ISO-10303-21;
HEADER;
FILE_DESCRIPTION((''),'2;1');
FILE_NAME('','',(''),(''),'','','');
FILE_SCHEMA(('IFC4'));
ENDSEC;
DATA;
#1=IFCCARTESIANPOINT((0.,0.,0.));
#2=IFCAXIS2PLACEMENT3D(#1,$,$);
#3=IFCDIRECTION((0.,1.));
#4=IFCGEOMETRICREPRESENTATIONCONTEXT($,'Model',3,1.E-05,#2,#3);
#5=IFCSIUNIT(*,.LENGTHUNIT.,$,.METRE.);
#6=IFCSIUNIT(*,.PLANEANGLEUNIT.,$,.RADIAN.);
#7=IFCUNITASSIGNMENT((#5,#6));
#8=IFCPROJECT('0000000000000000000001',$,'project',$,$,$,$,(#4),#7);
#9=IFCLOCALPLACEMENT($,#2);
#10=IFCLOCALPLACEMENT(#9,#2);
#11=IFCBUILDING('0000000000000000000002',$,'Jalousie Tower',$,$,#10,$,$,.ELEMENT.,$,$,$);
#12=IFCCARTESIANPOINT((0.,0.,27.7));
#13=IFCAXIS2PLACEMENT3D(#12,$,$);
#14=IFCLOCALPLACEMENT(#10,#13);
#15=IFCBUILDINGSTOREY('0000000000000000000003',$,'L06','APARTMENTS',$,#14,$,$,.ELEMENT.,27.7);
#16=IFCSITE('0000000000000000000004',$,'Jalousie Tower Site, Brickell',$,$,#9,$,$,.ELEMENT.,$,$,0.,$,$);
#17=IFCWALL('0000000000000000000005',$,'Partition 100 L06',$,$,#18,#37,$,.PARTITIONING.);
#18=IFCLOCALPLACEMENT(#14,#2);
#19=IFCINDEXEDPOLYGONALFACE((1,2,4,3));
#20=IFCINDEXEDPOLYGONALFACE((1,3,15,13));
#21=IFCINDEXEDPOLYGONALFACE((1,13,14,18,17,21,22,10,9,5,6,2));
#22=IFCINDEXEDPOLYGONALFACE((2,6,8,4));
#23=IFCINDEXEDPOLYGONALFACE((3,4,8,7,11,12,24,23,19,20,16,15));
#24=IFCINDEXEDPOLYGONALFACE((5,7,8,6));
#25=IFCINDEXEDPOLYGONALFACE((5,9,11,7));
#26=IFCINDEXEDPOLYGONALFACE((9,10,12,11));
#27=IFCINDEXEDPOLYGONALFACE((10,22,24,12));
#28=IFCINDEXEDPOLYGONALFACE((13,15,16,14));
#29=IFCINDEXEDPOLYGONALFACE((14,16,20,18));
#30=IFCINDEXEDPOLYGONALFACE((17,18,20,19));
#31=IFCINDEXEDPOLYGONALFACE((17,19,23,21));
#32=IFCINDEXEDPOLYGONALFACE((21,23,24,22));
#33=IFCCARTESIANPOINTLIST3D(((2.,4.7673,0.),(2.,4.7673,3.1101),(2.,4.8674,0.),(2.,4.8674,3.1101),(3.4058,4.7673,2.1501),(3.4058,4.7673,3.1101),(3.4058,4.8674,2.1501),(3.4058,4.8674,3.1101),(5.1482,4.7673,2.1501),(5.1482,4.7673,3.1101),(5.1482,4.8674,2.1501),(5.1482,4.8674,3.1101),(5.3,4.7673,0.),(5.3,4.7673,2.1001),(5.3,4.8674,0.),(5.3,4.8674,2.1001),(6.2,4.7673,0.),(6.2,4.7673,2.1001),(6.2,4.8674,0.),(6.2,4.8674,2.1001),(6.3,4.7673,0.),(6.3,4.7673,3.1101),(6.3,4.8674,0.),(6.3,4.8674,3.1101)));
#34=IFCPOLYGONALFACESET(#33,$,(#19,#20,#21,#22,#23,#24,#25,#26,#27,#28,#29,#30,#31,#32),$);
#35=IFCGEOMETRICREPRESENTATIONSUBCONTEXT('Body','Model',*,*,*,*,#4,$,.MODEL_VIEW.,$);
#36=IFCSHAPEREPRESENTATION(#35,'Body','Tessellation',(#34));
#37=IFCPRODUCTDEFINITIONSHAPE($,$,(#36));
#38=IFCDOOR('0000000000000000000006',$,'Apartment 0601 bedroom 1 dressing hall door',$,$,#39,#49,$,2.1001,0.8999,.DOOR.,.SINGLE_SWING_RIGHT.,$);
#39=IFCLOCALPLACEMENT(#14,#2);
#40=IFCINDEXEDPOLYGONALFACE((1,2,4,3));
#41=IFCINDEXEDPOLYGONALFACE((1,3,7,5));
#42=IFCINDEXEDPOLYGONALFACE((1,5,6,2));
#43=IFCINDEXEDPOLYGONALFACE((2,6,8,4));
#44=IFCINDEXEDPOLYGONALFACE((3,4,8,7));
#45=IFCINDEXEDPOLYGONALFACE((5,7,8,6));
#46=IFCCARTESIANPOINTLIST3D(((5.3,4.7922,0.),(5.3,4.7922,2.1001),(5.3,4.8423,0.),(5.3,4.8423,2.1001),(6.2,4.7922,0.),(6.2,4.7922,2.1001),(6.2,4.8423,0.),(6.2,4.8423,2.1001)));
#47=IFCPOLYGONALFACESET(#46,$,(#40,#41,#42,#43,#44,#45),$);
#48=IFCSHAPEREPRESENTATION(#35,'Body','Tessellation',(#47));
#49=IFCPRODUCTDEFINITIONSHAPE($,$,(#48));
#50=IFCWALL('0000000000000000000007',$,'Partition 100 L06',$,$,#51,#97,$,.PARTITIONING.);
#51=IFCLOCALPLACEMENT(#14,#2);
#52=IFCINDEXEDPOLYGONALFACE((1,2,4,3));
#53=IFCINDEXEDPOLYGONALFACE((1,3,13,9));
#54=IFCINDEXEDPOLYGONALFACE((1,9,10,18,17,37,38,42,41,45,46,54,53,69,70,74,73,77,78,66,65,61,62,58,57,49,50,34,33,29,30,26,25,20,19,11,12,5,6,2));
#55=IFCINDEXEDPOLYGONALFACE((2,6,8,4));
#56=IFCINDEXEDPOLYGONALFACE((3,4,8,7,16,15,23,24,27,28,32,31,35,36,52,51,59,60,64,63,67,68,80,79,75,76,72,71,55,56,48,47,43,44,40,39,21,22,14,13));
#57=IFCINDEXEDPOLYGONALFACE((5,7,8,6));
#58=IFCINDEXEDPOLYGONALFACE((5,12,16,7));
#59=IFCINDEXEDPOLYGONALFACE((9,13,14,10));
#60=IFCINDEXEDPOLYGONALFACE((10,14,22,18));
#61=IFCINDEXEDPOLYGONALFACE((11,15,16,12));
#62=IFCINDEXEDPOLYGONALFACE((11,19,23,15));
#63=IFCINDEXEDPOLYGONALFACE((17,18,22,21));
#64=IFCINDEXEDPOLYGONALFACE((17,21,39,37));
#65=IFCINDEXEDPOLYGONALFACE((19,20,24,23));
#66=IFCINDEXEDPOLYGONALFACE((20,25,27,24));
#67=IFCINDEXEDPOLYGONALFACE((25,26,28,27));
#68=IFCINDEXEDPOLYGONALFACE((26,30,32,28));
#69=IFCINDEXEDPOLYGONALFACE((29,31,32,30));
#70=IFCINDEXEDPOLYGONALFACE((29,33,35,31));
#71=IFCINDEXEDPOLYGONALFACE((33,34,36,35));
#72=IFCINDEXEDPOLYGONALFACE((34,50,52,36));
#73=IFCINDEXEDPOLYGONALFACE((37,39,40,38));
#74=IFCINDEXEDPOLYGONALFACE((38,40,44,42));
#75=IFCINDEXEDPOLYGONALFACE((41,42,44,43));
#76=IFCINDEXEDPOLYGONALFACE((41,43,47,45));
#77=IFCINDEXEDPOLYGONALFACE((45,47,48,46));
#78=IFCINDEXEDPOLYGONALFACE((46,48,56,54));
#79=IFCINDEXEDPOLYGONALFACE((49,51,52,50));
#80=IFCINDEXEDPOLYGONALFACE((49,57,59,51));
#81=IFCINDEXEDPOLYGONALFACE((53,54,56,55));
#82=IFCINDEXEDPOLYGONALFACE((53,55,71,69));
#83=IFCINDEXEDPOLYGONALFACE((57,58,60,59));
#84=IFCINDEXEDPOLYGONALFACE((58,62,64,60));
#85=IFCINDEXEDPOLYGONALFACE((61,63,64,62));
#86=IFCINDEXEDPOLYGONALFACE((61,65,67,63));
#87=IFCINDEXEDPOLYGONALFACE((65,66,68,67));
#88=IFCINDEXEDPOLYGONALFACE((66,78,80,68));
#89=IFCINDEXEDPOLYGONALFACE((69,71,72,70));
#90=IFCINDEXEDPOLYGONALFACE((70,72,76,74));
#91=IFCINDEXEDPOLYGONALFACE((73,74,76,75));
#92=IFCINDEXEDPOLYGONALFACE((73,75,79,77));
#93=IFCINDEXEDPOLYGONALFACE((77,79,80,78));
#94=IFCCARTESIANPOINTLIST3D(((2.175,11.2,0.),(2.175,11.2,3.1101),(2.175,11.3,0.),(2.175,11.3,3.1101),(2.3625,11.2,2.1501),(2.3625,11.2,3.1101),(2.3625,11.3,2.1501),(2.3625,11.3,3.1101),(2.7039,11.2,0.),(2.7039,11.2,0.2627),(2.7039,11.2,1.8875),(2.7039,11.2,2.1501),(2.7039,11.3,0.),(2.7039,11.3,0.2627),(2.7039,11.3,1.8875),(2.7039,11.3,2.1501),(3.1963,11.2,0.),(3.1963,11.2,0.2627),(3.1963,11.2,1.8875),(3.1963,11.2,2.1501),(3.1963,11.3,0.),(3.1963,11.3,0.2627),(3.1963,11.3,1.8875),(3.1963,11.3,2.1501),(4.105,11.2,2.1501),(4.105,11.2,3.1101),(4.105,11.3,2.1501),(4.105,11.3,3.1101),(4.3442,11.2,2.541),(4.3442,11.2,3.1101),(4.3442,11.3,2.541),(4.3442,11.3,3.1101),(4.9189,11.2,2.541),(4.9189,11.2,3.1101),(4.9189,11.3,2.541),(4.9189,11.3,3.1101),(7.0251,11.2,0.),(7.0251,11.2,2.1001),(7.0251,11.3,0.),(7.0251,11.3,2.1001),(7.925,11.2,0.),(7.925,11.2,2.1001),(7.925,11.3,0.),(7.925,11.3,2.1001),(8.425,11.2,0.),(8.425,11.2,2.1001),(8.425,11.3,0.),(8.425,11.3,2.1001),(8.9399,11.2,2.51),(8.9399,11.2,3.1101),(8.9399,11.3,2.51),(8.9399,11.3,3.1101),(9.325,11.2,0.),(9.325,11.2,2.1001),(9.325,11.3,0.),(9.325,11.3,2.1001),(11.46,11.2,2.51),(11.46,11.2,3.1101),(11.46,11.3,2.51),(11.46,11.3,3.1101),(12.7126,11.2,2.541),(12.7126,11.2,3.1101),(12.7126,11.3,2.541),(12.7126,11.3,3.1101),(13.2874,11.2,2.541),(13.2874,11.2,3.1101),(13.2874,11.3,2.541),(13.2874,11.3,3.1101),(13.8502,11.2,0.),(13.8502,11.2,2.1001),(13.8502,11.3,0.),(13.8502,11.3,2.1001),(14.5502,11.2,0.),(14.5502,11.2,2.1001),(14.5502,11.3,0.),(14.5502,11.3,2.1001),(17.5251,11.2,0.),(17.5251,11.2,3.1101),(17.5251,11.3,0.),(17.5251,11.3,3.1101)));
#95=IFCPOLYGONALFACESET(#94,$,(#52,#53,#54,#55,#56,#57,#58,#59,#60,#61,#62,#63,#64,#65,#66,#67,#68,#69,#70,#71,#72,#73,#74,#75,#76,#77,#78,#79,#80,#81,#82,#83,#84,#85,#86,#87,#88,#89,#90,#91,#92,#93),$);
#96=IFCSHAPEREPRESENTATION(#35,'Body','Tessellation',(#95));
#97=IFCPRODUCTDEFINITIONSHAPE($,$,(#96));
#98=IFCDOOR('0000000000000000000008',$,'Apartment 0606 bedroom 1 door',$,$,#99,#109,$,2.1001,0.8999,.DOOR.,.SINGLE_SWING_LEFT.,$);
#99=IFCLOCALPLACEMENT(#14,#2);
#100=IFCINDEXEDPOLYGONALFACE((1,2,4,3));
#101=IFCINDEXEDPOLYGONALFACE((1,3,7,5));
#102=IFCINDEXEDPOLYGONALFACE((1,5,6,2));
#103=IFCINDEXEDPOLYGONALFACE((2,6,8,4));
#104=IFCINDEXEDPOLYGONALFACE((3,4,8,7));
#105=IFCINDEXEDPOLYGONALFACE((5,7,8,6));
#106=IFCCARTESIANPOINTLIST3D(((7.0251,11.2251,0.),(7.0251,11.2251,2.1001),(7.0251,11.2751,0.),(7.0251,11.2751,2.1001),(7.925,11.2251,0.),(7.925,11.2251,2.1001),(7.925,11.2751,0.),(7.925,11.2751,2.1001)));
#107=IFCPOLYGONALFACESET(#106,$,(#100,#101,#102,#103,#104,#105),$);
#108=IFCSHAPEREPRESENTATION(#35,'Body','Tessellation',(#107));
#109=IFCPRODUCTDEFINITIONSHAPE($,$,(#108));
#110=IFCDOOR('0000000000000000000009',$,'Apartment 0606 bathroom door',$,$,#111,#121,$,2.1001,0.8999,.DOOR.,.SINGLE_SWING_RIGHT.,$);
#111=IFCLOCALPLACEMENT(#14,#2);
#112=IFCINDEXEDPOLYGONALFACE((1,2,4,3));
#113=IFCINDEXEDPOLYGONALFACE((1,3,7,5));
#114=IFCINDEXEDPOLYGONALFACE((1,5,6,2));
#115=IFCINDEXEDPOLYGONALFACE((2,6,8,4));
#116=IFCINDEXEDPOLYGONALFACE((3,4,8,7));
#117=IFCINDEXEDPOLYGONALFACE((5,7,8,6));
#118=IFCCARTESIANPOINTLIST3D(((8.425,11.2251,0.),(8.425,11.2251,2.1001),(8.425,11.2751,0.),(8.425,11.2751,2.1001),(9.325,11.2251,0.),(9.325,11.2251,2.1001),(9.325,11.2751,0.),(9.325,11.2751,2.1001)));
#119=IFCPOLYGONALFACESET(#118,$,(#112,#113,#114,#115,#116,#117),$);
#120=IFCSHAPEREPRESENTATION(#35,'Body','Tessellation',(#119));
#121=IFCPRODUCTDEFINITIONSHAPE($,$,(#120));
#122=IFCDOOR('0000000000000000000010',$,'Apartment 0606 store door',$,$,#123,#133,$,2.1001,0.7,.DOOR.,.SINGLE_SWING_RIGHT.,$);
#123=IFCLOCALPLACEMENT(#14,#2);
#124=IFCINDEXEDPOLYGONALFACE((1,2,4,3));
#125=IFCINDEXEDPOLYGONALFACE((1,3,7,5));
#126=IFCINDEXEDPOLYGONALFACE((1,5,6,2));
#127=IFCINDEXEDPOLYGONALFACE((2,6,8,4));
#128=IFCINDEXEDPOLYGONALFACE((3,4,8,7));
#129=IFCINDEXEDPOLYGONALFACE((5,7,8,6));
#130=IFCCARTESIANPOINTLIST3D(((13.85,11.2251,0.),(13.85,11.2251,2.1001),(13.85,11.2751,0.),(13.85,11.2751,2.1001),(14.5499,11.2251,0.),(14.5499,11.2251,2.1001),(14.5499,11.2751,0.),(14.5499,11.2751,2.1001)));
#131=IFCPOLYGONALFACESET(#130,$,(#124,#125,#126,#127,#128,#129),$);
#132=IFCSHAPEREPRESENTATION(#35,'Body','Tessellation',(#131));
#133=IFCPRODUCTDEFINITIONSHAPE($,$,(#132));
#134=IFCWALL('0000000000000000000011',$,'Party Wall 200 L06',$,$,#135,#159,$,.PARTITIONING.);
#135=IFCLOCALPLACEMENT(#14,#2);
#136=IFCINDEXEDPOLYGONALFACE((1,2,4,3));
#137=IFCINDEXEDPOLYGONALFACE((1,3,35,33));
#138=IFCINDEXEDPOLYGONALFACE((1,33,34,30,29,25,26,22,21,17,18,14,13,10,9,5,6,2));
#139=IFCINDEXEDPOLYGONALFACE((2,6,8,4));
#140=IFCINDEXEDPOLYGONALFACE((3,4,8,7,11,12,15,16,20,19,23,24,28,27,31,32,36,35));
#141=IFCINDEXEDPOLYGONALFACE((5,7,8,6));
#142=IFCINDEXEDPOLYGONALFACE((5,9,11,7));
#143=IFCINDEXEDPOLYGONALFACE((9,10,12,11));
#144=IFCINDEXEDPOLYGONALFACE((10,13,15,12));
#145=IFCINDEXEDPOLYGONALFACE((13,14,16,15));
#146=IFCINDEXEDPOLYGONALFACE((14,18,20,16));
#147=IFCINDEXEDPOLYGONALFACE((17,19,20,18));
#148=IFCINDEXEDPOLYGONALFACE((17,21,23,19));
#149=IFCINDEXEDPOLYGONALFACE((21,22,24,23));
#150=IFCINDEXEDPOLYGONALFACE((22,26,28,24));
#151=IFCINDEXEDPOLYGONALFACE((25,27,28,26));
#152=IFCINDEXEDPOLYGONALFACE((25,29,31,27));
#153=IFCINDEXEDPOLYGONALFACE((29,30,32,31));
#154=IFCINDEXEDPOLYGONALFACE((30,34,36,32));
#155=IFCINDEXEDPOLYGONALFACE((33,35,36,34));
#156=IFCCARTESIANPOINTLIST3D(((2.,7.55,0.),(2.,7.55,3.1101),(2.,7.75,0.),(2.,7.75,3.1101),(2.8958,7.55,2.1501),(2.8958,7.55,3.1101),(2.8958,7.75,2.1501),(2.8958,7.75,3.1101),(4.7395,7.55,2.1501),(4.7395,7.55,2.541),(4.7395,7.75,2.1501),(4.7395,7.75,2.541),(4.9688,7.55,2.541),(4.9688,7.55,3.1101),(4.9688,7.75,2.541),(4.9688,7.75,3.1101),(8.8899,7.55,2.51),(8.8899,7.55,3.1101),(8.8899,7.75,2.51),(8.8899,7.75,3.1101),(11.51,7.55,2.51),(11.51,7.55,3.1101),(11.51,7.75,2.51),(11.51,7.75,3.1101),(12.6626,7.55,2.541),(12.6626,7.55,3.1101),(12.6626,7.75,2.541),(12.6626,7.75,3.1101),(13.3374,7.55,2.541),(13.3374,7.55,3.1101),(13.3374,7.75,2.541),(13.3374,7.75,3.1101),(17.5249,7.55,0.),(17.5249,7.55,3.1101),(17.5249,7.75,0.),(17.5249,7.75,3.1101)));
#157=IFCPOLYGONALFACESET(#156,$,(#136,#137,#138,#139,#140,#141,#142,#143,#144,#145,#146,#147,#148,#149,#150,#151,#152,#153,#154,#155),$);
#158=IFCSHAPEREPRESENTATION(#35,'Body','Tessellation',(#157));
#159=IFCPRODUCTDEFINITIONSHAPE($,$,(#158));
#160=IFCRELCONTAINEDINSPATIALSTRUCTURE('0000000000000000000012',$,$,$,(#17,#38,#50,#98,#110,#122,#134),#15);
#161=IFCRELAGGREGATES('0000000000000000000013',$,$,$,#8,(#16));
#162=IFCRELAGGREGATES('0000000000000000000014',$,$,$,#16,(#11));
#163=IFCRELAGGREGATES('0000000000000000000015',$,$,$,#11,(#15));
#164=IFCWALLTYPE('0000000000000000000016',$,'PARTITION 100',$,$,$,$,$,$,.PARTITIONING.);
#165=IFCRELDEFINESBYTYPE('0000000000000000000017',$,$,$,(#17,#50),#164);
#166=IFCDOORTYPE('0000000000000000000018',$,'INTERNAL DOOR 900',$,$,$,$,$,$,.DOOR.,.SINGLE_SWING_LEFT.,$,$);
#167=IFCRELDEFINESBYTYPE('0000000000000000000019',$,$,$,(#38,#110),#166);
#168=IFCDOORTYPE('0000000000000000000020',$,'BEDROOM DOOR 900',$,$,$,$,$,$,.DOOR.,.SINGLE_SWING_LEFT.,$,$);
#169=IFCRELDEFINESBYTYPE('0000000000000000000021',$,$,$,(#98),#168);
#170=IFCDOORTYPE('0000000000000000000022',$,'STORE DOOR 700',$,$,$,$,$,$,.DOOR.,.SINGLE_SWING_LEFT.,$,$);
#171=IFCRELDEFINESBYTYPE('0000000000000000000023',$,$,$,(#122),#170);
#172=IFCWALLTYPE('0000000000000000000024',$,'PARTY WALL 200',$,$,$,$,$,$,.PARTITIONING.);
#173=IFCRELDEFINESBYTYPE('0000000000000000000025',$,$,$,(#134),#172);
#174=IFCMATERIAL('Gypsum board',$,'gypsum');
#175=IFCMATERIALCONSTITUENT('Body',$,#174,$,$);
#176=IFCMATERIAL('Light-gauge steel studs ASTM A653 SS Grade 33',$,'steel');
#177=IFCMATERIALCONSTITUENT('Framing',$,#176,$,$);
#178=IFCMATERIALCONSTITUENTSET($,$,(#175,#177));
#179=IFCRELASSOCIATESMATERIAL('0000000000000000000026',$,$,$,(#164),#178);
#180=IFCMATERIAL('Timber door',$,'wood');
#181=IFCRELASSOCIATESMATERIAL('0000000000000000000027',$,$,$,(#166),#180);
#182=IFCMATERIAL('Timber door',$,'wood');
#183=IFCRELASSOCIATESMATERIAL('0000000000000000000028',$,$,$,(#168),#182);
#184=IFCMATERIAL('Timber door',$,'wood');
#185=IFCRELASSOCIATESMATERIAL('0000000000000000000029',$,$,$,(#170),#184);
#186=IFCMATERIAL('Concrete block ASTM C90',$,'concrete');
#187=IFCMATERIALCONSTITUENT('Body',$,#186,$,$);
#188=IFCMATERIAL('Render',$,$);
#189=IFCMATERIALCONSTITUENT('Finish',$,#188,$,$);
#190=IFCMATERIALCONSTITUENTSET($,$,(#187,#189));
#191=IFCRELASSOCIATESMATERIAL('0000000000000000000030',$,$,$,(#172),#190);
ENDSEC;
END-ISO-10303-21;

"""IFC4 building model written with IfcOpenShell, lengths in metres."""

from ifc_helpers import new_model, si_unit, direction, frame, frame_2d, origin, place, context, subcontext, project, spatial, polyline, rectangle, outline, extrude, material, constituent, constituent_set, type_object, element, fill, save


model = new_model("IFC4")

# Units and contexts
model_context = context("Model", 3, precision=1e-05, world=origin(), true_north=direction((0.0, 1.0)))
body_context = subcontext(model_context, "Body", "Model", "MODEL_VIEW")
ifc_project = project(units=[si_unit("LENGTHUNIT", "METRE"), si_unit("PLANEANGLEUNIT", "RADIAN")], contexts=[model_context])

# Site, building, storey
site_placement = place(None, origin())
site = spatial("IfcSite", under=ifc_project, at=site_placement, Name="Jalousie Tower Site, Brickell", CompositionType="ELEMENT", RefElevation=0.0)
building_placement = place(site_placement, origin())
building = spatial("IfcBuilding", under=site, at=building_placement, Name="Jalousie Tower", CompositionType="ELEMENT")
storey_placement = place(building_placement, frame((0.0, 0.0, 27.7)))
storey = spatial("IfcBuildingStorey", under=building, at=storey_placement, Name="L06", Description="APARTMENTS", CompositionType="ELEMENT", Elevation=27.7)

# Wall, opening, door
ifc_material_1 = material(Name="Gypsum board", Category="gypsum")
ifc_constituent_1 = constituent(ifc_material_1, Name="Body")
ifc_material_2 = material(Name="Light-gauge steel studs ASTM A653 SS Grade 33", Category="steel")
ifc_constituent_2 = constituent(ifc_material_2, Name="Framing")
ifc_constituent_set_1 = constituent_set(constituents=[ifc_constituent_1, ifc_constituent_2])
wall_type_1 = type_object("IfcWallType", Name="PARTITION 100", PredefinedType="PARTITIONING", material=ifc_constituent_set_1)
wall_1_placement = place(storey_placement, frame((2.0, 4.8174, 0.0), z_axis=(0.0, 0.0, 1.0), x_axis=(1.0, 0.0, 0.0)))
wall_1 = element("IfcWall", 1, at=wall_1_placement, inside=storey, type_object=wall_type_1, Name="Partition 100 L06", PredefinedType="PARTITIONING", context=body_context, shape_type="SweptSolid", body=[
    extrude(outline(polyline([(0.0, 0.0), (4.3, 0.0), (4.3, 3.1101), (3.1482, 3.1101), (3.1482, 2.1501), (1.4058, 2.1501), (1.4058, 3.1101), (0.0, 3.1101), (0.0, 0.0)])), frame((0.0, 0.05, 0.0), z_axis=(0.0, -1.0, 0.0), x_axis=(1.0, 0.0, 0.0)), (0.0, 0.0, 1.0), 0.1001),
])
opening_1_placement = place(wall_1_placement, frame((3.3, 0.0, 0.0)))
opening_1 = element("IfcOpeningElement", 2, at=opening_1_placement, cuts=wall_1, PredefinedType="OPENING", context=body_context, shape_type="SweptSolid", body=[
    extrude(rectangle(XDim=0.8999, YDim=2.1001, at=frame_2d((0.45, 1.05))), frame((0.0, 0.0601, 0.0), z_axis=(0.0, -1.0, 0.0), x_axis=(1.0, 0.0, 0.0)), (0.0, 0.0, 1.0), 0.1201),
])
ifc_material_3 = material(Name="Timber door", Category="wood")
door_type_1 = type_object("IfcDoorType", Name="INTERNAL DOOR 900", OperationType="SINGLE_SWING_LEFT", PredefinedType="DOOR", material=ifc_material_3)
door_1_placement = place(opening_1_placement, origin())
door_1 = element("IfcDoor", 3, at=door_1_placement, inside=storey, type_object=door_type_1, Name="Apartment 0601 bedroom 1 dressing hall door", OperationType="SINGLE_SWING_RIGHT", OverallHeight=2.1001, OverallWidth=0.8999, PredefinedType="DOOR", context=body_context, shape_type="SweptSolid", body=[
    extrude(rectangle(XDim=0.8999, YDim=2.1001, at=frame_2d((0.45, 1.05))), frame((0.0, 0.0249, 0.0), z_axis=(0.0, -1.0, 0.0), x_axis=(1.0, 0.0, 0.0)), (0.0, 0.0, 1.0), 0.05),
])
fill(opening_1, door_1)

# Wall, openings, doors
wall_2_placement = place(storey_placement, frame((2.175, 11.25, 0.0), z_axis=(0.0, 0.0, 1.0), x_axis=(1.0, 0.0, 0.0)))
wall_2 = element("IfcWall", 4, at=wall_2_placement, inside=storey, type_object=wall_type_1, Name="Partition 100 L06", PredefinedType="PARTITIONING", context=body_context, shape_type="SweptSolid", body=[
    extrude(outline(polyline([(0.1875, 3.1101), (0.0, 3.1101), (0.0, 0.0), (0.5288, 0.0), (0.5288, 0.2627), (1.0212, 0.2627), (1.0212, 0.0), (15.3501, 0.0), (15.3501, 3.1101), (11.1123, 3.1101), (11.1123, 2.541), (10.5376, 2.541), (10.5376, 3.1101), (9.2849, 3.1101), (9.2849, 2.51), (6.7649, 2.51), (6.7649, 3.1101), (2.7439, 3.1101), (2.7439, 2.541), (2.1692, 2.541), (2.1692, 3.1101), (1.9299, 3.1101), (1.9299, 2.1501), (1.0212, 2.1501), (1.0212, 1.8875), (0.5288, 1.8875), (0.5288, 2.1501), (0.1875, 2.1501), (0.1875, 3.1101)])), frame((0.0, 0.05, 0.0), z_axis=(0.0, -1.0, 0.0), x_axis=(1.0, 0.0, 0.0)), (0.0, 0.0, 1.0), 0.1001),
])
opening_2_placement = place(wall_2_placement, frame((4.8501, 0.0, 0.0)))
opening_2 = element("IfcOpeningElement", 5, at=opening_2_placement, cuts=wall_2, PredefinedType="OPENING", context=body_context, shape_type="SweptSolid", body=[
    extrude(rectangle(XDim=0.8999, YDim=2.1001, at=frame_2d((0.45, 1.05))), frame((0.0, 0.0601, 0.0), z_axis=(0.0, -1.0, 0.0), x_axis=(1.0, 0.0, 0.0)), (0.0, 0.0, 1.0), 0.1201),
])
opening_3_placement = place(wall_2_placement, frame((6.25, 0.0, 0.0)))
opening_3 = element("IfcOpeningElement", 6, at=opening_3_placement, cuts=wall_2, PredefinedType="OPENING", context=body_context, shape_type="SweptSolid", body=[
    extrude(rectangle(XDim=0.8999, YDim=2.1001, at=frame_2d((0.45, 1.05))), frame((0.0, 0.0601, 0.0), z_axis=(0.0, -1.0, 0.0), x_axis=(1.0, 0.0, 0.0)), (0.0, 0.0, 1.0), 0.1201),
])
opening_4_placement = place(wall_2_placement, frame((11.675, 0.0, 0.0)))
opening_4 = element("IfcOpeningElement", 7, at=opening_4_placement, cuts=wall_2, PredefinedType="OPENING", context=body_context, shape_type="SweptSolid", body=[
    extrude(rectangle(XDim=0.7, YDim=2.1001, at=frame_2d((0.3501, 1.05))), frame((0.0, 0.0601, 0.0), z_axis=(0.0, -1.0, 0.0), x_axis=(1.0, 0.0, 0.0)), (0.0, 0.0, 1.0), 0.1201),
])
ifc_material_4 = material(Name="Timber door", Category="wood")
door_type_2 = type_object("IfcDoorType", Name="BEDROOM DOOR 900", OperationType="SINGLE_SWING_LEFT", PredefinedType="DOOR", material=ifc_material_4)
door_2_placement = place(opening_2_placement, frame((0.8999, 0.0, 0.0), z_axis=(0.0, 0.0, 1.0), x_axis=(-1.0, 0.0, 0.0)))
door_2 = element("IfcDoor", 8, at=door_2_placement, inside=storey, type_object=door_type_2, Name="Apartment 0606 bedroom 1 door", OperationType="SINGLE_SWING_LEFT", OverallHeight=2.1001, OverallWidth=0.8999, PredefinedType="DOOR", context=body_context, shape_type="SweptSolid", body=[
    extrude(rectangle(XDim=0.8999, YDim=2.1001, at=frame_2d((0.45, 1.05))), frame((0.0, 0.0249, 0.0), z_axis=(0.0, -1.0, 0.0), x_axis=(1.0, 0.0, 0.0)), (0.0, 0.0, 1.0), 0.05),
])
fill(opening_2, door_2)
door_3_placement = place(opening_3_placement, frame((0.8999, 0.0, 0.0), z_axis=(0.0, 0.0, 1.0), x_axis=(-1.0, 0.0, 0.0)))
door_3 = element("IfcDoor", 9, at=door_3_placement, inside=storey, type_object=door_type_1, Name="Apartment 0606 bathroom door", OperationType="SINGLE_SWING_RIGHT", OverallHeight=2.1001, OverallWidth=0.8999, PredefinedType="DOOR", context=body_context, shape_type="SweptSolid", body=[
    extrude(rectangle(XDim=0.8999, YDim=2.1001, at=frame_2d((0.45, 1.05))), frame((0.0, 0.0249, 0.0), z_axis=(0.0, -1.0, 0.0), x_axis=(1.0, 0.0, 0.0)), (0.0, 0.0, 1.0), 0.05),
])
fill(opening_3, door_3)
ifc_material_5 = material(Name="Timber door", Category="wood")
door_type_3 = type_object("IfcDoorType", Name="STORE DOOR 700", OperationType="SINGLE_SWING_LEFT", PredefinedType="DOOR", material=ifc_material_5)
door_4_placement = place(opening_4_placement, frame((0.7, 0.0, 0.0), z_axis=(0.0, 0.0, 1.0), x_axis=(-1.0, 0.0, 0.0)))
door_4 = element("IfcDoor", 10, at=door_4_placement, inside=storey, type_object=door_type_3, Name="Apartment 0606 store door", OperationType="SINGLE_SWING_RIGHT", OverallHeight=2.1001, OverallWidth=0.7, PredefinedType="DOOR", context=body_context, shape_type="SweptSolid", body=[
    extrude(rectangle(XDim=0.7, YDim=2.1001, at=frame_2d((0.3501, 1.05))), frame((0.0, 0.0249, 0.0), z_axis=(0.0, -1.0, 0.0), x_axis=(1.0, 0.0, 0.0)), (0.0, 0.0, 1.0), 0.05),
])
fill(opening_4, door_4)

# Wall
ifc_material_6 = material(Name="Concrete block ASTM C90", Category="concrete")
ifc_constituent_3 = constituent(ifc_material_6, Name="Body")
ifc_material_7 = material(Name="Render")
ifc_constituent_4 = constituent(ifc_material_7, Name="Finish")
ifc_constituent_set_2 = constituent_set(constituents=[ifc_constituent_3, ifc_constituent_4])
wall_type_2 = type_object("IfcWallType", Name="PARTY WALL 200", PredefinedType="PARTITIONING", material=ifc_constituent_set_2)
wall_3_placement = place(storey_placement, frame((2.0, 7.6499, 0.0), z_axis=(0.0, 0.0, 1.0), x_axis=(1.0, 0.0, 0.0)))
element("IfcWall", 11, at=wall_3_placement, inside=storey, type_object=wall_type_2, Name="Party Wall 200 L06", PredefinedType="PARTITIONING", context=body_context, shape_type="SweptSolid", body=[
    extrude(outline(polyline([(0.0, 0.0), (15.5249, 0.0), (15.5249, 3.1101), (11.3374, 3.1101), (11.3374, 2.541), (10.6626, 2.541), (10.6626, 3.1101), (9.51, 3.1101), (9.51, 2.51), (6.8899, 2.51), (6.8899, 3.1101), (2.9688, 3.1101), (2.9688, 2.541), (2.7395, 2.541), (2.7395, 2.1501), (0.8958, 2.1501), (0.8958, 3.1101), (0.0, 3.1101), (0.0, 0.0)])), frame((0.0, 0.1001, 0.0), z_axis=(0.0, -1.0, 0.0), x_axis=(1.0, 0.0, 0.0)), (0.0, 0.0, 1.0), 0.2),
])

save(model, "model.ifc")
